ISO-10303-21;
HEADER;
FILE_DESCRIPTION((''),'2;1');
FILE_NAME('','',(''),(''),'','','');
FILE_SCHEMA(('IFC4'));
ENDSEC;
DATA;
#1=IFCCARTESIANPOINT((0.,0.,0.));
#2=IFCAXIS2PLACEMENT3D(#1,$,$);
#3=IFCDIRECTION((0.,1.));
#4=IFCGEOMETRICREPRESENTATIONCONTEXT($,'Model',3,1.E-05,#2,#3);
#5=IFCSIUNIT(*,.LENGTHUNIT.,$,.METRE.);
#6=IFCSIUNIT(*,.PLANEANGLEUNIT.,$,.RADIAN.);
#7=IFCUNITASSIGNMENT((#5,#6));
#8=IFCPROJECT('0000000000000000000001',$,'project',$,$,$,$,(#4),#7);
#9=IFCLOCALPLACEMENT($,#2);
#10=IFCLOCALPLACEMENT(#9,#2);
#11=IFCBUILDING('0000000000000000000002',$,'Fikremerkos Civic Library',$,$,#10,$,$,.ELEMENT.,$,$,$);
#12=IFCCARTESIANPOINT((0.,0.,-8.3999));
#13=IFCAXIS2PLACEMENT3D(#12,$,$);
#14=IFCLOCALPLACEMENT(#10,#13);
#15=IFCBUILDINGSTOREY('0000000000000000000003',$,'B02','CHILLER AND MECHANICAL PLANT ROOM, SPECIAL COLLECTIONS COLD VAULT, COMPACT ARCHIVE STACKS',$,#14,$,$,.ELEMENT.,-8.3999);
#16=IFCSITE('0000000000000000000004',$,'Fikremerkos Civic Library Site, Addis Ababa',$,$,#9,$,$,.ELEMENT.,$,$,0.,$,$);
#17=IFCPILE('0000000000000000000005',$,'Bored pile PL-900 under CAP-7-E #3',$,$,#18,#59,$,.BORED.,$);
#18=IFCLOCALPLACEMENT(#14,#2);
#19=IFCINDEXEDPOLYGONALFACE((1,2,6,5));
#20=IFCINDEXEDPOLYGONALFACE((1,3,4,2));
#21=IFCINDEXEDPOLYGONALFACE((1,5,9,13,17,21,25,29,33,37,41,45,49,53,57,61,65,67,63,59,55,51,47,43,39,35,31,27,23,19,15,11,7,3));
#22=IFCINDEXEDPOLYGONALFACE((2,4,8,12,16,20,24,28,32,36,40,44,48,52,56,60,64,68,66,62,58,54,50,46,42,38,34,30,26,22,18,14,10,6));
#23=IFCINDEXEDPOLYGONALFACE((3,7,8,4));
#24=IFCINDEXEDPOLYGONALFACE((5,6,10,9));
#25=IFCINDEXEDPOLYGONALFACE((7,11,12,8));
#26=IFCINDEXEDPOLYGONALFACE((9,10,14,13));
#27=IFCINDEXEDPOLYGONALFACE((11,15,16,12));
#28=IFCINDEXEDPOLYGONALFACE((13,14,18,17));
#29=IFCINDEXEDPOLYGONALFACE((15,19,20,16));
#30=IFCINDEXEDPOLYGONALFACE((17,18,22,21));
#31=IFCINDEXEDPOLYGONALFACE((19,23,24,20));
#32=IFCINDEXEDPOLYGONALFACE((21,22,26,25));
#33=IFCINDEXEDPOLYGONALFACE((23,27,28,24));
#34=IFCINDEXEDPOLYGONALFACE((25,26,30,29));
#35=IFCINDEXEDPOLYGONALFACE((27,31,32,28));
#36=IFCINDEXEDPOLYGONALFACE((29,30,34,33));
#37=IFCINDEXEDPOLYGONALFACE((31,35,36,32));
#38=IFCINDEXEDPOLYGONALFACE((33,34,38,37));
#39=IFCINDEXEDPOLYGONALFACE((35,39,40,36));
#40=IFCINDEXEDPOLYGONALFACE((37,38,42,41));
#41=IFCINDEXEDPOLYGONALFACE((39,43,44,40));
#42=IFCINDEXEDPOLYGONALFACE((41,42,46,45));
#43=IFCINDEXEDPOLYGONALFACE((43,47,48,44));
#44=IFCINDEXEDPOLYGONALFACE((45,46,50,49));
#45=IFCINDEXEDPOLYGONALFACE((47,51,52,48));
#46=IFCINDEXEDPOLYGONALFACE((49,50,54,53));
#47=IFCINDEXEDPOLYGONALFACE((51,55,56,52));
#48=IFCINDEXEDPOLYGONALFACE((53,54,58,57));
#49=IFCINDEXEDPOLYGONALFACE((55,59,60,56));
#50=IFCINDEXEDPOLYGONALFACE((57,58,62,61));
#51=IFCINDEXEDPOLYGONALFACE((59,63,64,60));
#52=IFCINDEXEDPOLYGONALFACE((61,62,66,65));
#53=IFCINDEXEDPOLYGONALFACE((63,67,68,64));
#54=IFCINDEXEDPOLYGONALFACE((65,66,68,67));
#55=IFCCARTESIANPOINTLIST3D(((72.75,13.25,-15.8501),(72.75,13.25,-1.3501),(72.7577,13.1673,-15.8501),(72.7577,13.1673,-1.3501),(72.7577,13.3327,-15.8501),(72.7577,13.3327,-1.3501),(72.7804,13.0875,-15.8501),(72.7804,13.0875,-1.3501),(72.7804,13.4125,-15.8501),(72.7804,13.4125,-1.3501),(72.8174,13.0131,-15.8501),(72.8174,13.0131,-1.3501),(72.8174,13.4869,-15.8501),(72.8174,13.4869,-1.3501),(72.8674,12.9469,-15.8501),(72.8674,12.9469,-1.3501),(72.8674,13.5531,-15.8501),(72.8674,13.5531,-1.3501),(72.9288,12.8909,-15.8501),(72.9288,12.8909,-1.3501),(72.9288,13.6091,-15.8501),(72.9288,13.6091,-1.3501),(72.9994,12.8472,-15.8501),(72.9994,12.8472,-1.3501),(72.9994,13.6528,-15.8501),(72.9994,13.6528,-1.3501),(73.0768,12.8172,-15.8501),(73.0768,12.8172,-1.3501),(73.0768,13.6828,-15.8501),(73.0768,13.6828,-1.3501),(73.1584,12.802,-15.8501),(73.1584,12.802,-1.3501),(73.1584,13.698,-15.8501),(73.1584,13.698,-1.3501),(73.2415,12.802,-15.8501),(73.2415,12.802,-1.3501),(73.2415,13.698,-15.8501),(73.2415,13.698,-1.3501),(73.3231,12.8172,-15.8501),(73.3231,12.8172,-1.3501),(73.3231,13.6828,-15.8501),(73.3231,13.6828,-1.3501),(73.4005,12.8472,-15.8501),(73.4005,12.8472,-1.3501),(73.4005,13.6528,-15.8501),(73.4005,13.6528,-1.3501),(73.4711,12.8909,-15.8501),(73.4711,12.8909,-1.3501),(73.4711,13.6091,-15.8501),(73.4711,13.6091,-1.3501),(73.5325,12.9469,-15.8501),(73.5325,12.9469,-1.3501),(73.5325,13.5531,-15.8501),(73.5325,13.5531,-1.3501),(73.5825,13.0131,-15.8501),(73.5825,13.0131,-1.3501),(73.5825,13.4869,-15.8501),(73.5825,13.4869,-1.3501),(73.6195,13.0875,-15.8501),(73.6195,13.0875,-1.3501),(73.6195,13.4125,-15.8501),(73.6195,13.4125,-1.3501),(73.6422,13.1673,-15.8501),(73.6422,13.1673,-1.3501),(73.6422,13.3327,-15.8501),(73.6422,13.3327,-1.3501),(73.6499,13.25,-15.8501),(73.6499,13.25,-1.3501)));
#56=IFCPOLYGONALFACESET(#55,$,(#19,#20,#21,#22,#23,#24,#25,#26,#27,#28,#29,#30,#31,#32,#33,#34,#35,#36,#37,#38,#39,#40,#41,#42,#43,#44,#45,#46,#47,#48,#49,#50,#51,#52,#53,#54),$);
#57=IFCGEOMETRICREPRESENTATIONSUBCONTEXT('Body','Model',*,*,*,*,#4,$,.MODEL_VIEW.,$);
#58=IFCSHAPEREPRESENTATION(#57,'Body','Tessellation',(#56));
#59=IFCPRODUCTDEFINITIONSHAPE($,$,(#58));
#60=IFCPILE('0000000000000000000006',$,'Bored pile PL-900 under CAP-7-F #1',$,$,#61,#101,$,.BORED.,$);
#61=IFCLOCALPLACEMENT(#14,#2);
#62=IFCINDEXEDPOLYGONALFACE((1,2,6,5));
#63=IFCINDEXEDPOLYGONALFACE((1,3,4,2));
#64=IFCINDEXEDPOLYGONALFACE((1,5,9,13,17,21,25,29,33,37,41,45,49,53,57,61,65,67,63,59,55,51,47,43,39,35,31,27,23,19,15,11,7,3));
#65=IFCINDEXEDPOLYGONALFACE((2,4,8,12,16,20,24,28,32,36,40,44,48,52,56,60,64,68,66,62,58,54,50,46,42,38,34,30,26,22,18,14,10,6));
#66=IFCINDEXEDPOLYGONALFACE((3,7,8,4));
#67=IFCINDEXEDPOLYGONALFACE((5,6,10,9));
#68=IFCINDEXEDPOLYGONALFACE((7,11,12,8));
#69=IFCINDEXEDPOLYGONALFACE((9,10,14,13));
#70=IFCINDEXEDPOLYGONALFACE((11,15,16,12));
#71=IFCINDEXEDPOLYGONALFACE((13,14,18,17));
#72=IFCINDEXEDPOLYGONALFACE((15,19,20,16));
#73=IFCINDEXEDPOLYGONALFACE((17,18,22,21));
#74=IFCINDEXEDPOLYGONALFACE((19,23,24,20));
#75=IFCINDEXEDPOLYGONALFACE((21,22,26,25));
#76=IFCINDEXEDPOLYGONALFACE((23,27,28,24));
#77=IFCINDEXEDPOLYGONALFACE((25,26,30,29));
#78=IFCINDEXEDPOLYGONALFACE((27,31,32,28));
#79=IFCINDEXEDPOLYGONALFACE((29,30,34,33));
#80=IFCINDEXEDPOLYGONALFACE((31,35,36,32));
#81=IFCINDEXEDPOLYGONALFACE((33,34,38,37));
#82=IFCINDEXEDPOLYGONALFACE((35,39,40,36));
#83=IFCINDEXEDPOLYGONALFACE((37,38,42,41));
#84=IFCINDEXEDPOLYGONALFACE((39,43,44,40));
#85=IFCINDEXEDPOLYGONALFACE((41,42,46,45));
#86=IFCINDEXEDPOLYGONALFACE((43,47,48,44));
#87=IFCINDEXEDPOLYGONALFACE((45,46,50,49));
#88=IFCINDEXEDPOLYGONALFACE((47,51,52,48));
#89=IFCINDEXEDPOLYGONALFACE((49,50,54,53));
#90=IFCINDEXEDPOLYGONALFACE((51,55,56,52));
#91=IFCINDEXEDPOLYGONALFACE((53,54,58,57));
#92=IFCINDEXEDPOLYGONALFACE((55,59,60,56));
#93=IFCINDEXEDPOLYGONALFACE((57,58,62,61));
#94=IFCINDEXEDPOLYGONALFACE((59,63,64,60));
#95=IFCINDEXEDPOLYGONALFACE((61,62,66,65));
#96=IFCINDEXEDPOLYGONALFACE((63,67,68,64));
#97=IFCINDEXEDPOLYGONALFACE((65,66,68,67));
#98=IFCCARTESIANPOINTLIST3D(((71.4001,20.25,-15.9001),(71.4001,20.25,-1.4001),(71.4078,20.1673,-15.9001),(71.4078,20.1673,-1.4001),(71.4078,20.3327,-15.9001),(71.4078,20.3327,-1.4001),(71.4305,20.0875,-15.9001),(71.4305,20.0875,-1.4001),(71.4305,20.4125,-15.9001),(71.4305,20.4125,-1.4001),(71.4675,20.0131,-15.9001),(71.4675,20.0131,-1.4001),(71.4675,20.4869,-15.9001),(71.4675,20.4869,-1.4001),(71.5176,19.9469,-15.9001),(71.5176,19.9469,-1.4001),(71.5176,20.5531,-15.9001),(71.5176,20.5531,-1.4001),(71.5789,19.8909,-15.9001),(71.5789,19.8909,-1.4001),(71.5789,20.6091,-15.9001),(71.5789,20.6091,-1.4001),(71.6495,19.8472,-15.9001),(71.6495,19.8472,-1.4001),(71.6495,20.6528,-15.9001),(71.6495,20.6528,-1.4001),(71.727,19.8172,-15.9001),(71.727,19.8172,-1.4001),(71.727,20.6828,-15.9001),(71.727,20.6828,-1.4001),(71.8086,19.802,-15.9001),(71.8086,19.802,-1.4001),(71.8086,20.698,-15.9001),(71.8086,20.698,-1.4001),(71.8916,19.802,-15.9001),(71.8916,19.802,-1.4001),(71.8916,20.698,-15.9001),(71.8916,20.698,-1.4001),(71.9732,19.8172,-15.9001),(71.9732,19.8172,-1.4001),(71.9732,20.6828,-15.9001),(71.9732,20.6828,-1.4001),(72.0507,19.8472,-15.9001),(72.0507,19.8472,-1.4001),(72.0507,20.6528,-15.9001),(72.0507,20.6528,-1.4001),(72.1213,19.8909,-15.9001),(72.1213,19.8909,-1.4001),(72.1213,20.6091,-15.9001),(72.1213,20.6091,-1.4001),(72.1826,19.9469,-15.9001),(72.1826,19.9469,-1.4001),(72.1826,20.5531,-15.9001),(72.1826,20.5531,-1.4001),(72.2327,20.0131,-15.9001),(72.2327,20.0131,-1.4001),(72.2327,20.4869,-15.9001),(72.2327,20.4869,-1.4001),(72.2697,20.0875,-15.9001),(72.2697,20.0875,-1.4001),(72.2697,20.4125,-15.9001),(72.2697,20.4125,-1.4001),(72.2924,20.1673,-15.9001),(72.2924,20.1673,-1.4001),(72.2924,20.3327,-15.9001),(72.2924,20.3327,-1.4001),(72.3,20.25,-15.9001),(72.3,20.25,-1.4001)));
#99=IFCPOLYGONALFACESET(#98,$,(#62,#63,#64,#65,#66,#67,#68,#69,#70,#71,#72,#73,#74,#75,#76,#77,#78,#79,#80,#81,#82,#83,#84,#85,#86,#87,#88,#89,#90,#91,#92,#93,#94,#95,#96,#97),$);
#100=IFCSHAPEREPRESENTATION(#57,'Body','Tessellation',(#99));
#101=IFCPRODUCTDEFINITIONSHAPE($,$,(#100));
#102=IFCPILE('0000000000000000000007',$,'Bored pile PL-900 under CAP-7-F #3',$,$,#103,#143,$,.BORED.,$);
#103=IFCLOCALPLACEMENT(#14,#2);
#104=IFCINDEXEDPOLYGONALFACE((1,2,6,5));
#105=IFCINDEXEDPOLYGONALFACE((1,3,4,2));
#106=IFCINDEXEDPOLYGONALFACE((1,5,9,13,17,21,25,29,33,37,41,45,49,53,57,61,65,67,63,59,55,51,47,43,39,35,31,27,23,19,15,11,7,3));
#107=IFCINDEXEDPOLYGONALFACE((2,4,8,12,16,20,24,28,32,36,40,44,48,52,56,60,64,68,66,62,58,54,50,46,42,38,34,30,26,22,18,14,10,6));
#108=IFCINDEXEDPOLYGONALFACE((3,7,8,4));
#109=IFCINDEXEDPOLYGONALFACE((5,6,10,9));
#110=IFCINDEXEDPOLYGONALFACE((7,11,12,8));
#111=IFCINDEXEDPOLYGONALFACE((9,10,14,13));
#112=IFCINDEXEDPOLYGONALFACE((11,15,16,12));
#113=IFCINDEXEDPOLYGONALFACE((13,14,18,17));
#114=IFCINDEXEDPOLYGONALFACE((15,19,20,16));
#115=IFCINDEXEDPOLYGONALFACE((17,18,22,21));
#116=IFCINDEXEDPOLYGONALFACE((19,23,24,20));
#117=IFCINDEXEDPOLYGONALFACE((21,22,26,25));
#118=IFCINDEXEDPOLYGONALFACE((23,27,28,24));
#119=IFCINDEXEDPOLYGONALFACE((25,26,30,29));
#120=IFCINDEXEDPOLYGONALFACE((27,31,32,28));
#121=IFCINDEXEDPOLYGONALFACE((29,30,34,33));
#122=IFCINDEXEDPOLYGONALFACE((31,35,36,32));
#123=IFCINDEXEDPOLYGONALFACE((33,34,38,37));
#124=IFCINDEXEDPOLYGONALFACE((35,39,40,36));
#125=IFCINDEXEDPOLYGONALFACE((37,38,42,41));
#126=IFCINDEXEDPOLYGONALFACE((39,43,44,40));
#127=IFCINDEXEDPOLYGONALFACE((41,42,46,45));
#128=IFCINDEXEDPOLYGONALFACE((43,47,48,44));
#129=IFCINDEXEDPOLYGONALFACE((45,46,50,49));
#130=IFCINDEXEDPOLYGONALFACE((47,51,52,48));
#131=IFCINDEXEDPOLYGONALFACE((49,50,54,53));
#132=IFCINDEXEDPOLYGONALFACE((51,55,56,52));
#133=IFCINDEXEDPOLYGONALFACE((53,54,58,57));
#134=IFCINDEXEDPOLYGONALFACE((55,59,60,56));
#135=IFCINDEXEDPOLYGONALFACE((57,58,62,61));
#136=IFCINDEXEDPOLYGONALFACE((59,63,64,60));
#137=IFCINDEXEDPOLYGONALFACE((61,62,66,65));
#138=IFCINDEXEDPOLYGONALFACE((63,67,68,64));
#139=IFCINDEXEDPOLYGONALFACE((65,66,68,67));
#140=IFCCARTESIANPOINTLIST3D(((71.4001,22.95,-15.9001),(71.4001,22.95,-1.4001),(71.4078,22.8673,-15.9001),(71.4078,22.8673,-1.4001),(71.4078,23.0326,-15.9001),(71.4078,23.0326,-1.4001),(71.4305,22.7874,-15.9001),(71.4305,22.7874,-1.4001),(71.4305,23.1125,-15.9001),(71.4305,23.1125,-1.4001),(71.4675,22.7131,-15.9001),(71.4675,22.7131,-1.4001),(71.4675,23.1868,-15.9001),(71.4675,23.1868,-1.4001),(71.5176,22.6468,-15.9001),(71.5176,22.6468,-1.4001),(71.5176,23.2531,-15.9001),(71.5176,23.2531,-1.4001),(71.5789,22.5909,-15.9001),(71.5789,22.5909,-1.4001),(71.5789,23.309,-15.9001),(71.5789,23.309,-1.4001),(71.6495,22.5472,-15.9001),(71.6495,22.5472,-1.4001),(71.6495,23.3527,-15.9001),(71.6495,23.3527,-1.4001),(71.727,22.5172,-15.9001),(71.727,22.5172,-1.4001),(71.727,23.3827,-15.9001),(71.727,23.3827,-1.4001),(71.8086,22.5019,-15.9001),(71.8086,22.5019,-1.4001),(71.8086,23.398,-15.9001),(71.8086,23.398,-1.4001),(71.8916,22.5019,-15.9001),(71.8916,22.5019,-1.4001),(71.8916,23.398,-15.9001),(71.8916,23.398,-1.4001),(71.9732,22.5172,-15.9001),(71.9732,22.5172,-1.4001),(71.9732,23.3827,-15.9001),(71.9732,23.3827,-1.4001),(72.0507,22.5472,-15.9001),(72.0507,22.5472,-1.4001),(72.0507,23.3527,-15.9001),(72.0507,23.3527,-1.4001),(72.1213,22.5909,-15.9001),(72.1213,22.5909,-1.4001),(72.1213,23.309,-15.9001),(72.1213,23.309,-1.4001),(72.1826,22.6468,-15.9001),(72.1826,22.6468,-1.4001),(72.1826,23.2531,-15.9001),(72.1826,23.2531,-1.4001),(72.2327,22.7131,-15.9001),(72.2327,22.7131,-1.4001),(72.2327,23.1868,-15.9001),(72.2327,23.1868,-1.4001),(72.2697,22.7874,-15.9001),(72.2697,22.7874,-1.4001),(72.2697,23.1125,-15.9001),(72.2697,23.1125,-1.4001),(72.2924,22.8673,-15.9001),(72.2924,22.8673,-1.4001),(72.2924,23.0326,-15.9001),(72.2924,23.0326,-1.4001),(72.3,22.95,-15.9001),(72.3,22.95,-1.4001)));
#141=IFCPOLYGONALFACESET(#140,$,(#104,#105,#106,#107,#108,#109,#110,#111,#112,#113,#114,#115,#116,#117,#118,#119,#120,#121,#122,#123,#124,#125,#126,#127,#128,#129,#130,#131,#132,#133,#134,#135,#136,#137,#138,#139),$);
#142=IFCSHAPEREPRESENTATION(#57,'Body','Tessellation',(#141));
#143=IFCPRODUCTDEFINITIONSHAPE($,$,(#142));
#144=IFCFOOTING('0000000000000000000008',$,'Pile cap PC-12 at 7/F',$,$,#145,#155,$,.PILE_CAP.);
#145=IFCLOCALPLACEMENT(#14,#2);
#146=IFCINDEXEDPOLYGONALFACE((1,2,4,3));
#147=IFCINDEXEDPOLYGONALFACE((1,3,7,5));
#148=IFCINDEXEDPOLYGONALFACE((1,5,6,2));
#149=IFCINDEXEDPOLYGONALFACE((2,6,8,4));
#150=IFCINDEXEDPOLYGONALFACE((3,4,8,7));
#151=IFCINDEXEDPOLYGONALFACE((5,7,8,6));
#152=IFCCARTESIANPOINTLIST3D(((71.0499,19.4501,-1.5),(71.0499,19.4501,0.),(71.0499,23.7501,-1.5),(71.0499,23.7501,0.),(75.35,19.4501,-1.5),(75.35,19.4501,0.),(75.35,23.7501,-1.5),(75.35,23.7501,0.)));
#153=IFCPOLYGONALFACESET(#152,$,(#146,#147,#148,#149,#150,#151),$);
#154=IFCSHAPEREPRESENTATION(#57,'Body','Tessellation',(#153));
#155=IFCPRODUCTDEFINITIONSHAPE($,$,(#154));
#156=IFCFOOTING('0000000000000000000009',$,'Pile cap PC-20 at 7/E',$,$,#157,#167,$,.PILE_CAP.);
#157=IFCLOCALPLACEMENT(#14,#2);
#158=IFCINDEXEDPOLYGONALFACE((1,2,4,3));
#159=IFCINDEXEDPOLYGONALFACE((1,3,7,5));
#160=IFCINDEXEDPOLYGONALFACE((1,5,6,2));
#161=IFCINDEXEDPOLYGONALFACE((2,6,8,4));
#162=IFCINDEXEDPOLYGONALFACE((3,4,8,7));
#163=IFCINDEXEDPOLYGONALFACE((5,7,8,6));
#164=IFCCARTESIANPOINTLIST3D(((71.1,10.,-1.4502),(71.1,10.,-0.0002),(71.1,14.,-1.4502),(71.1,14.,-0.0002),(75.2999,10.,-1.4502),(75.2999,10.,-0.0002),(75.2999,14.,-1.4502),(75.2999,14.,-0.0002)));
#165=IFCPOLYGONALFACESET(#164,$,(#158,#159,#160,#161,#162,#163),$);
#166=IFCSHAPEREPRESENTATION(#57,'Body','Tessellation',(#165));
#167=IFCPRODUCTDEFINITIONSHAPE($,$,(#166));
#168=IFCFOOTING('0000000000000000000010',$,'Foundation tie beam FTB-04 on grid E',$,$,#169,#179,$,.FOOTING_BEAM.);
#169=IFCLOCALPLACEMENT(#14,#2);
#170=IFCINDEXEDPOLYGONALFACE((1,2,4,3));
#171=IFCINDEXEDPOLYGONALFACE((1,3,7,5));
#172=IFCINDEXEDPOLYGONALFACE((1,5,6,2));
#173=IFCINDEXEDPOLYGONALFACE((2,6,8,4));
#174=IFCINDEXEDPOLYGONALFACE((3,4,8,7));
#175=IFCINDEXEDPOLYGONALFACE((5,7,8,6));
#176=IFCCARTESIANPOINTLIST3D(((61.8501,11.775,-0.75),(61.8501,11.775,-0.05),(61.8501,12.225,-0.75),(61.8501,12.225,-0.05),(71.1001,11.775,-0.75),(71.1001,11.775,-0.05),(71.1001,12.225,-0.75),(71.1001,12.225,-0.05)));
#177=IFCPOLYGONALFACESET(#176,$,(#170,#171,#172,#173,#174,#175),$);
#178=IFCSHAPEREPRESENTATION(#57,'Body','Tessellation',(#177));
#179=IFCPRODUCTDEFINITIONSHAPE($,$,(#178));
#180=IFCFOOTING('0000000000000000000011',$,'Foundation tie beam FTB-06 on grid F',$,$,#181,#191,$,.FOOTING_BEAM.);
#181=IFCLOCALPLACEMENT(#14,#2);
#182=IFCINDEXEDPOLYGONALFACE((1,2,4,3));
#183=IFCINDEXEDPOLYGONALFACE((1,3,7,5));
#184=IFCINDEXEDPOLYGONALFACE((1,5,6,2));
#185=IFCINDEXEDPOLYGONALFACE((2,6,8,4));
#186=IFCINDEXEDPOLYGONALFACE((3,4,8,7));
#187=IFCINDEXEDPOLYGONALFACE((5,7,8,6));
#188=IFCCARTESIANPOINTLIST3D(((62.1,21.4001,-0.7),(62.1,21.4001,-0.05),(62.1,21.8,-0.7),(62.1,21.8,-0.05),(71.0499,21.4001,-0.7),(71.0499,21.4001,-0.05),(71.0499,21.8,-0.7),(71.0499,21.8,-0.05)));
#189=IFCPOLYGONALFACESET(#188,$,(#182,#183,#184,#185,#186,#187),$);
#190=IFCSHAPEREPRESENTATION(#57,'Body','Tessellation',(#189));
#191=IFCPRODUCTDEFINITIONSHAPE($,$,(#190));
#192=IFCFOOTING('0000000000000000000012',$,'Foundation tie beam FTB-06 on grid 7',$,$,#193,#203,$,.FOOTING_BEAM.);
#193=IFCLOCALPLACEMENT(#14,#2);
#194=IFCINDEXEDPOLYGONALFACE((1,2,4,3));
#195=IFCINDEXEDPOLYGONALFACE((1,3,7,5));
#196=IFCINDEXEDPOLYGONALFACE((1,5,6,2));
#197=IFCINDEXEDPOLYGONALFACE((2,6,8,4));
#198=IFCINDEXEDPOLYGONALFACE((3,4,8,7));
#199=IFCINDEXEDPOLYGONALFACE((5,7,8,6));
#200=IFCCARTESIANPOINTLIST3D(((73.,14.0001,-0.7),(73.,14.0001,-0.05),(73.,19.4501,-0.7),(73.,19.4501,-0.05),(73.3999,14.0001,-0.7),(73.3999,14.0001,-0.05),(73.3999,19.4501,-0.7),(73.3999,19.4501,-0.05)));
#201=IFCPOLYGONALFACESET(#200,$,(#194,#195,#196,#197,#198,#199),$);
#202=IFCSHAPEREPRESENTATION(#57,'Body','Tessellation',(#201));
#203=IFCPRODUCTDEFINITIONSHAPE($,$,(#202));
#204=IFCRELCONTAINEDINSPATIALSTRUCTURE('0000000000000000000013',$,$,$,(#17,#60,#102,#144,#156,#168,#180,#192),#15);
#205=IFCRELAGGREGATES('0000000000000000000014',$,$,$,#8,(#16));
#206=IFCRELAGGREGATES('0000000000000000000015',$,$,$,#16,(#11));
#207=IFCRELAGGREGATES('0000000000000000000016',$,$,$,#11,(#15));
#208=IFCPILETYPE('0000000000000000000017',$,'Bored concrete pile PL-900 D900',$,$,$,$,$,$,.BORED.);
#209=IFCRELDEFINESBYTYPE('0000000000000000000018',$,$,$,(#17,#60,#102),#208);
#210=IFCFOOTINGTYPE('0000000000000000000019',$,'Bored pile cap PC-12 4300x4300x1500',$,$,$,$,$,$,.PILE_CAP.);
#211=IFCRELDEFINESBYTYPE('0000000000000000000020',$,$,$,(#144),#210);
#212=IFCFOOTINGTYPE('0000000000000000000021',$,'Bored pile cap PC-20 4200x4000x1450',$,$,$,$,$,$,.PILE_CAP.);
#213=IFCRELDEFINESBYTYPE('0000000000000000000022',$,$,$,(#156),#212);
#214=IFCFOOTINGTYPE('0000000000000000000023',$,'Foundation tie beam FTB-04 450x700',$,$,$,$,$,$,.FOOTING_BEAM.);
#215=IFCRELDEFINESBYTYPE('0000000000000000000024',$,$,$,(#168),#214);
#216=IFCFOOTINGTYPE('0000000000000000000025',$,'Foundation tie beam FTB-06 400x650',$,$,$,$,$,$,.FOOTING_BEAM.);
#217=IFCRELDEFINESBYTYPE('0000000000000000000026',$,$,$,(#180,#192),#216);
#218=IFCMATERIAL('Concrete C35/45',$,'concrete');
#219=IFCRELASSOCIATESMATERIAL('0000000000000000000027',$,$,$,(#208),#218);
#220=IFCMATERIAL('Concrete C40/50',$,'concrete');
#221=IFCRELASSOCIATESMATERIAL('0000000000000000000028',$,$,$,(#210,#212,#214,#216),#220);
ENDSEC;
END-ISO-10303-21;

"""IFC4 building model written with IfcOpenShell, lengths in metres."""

from ifc_helpers import new_model, si_unit, direction, frame, origin, origin_2d, place, context, subcontext, project, spatial, rectangle, circle, extrude, material, material_profile, profile_set, type_object, element, save


model = new_model("IFC4")

# Units and contexts
model_context = context("Model", 3, precision=1e-05, world=origin(), true_north=direction((0.0, 1.0)))
body_context = subcontext(model_context, "Body", "Model", "MODEL_VIEW")
ifc_project = project(units=[si_unit("LENGTHUNIT", "METRE"), si_unit("PLANEANGLEUNIT", "RADIAN")], contexts=[model_context])

# Site, building, storey
site_placement = place(None, origin())
site = spatial("IfcSite", under=ifc_project, at=site_placement, Name="Fikremerkos Civic Library Site, Addis Ababa", CompositionType="ELEMENT", RefElevation=0.0)
building_placement = place(site_placement, origin())
building = spatial("IfcBuilding", under=site, at=building_placement, Name="Fikremerkos Civic Library", CompositionType="ELEMENT")
storey_placement = place(building_placement, frame((0.0, 0.0, -8.3999)))
storey = spatial("IfcBuildingStorey", under=building, at=storey_placement, Name="B02", Description="CHILLER AND MECHANICAL PLANT ROOM, SPECIAL COLLECTIONS COLD VAULT, COMPACT ARCHIVE STACKS", CompositionType="ELEMENT", Elevation=-8.3999)

# Piles
ifc_material_1 = material(Name="Concrete C35/45", Category="concrete")
ifc_material_profile_1 = material_profile(ifc_material_1, circle(Radius=0.45, at=origin_2d()), Name="BORED PILE 900")
ifc_profile_set_1 = profile_set([ifc_material_profile_1], Name="Concrete C35/45")
pile_type_1 = type_object("IfcPileType", Name="Bored concrete pile PL-900 D900", PredefinedType="BORED", material=ifc_profile_set_1)
for number, where, z_axis, x_axis, name in (
    (1, (73.2, 13.25, -1.3501), (0.0, 0.0, -1.0), (1.0, 0.0, 0.0), "Bored pile PL-900 under CAP-7-E #3"),
    (2, (71.8501, 20.25, -1.4001), (0.0, 0.0, -1.0), (1.0, 0.0, 0.0), "Bored pile PL-900 under CAP-7-F #1"),
    (3, (71.8501, 22.95, -1.4001), (0.0, 0.0, -1.0), (1.0, 0.0, 0.0), "Bored pile PL-900 under CAP-7-F #3"),
):
    element("IfcPile", number, at=place(storey_placement, frame(where, z_axis=z_axis, x_axis=x_axis)), inside=storey, type_object=pile_type_1, Name=name, PredefinedType="BORED", context=body_context, shape_type="SweptSolid", body=[
        extrude(circle(Radius=0.45, at=origin_2d()), origin(), (0.0, 0.0, 1.0), 14.5),
    ])

# Footings
ifc_material_2 = material(Name="Concrete C40/50", Category="concrete")
footing_type_1 = type_object("IfcFootingType", Name="Bored pile cap PC-12 4300x4300x1500", PredefinedType="PILE_CAP", material=ifc_material_2)
footing_1_placement = place(storey_placement, frame((73.2, 21.6001, -1.5), z_axis=(0.0, 0.0, 1.0), x_axis=(1.0, 0.0, 0.0)))
element("IfcFooting", 4, at=footing_1_placement, inside=storey, type_object=footing_type_1, Name="Pile cap PC-12 at 7/F", PredefinedType="PILE_CAP", context=body_context, shape_type="SweptSolid", body=[
    extrude(rectangle(XDim=4.3, YDim=4.3, at=origin_2d()), origin(), (0.0, 0.0, 1.0), 1.5),
])
footing_type_2 = type_object("IfcFootingType", Name="Bored pile cap PC-20 4200x4000x1450", PredefinedType="PILE_CAP", material=ifc_material_2)
footing_2_placement = place(storey_placement, frame((73.2, 12.0, -1.4502), z_axis=(0.0, 0.0, 1.0), x_axis=(1.0, 0.0, 0.0)))
element("IfcFooting", 5, at=footing_2_placement, inside=storey, type_object=footing_type_2, Name="Pile cap PC-20 at 7/E", PredefinedType="PILE_CAP", context=body_context, shape_type="SweptSolid", body=[
    extrude(rectangle(XDim=4.2, YDim=4.0, at=origin_2d()), origin(), (0.0, 0.0, 1.0), 1.45),
])
footing_type_3 = type_object("IfcFootingType", Name="Foundation tie beam FTB-04 450x700", PredefinedType="FOOTING_BEAM", material=ifc_material_2)
footing_3_placement = place(storey_placement, frame((66.4751, 12.0, -0.75), z_axis=(0.0, 0.0, 1.0), x_axis=(1.0, 0.0, 0.0)))
element("IfcFooting", 6, at=footing_3_placement, inside=storey, type_object=footing_type_3, Name="Foundation tie beam FTB-04 on grid E", PredefinedType="FOOTING_BEAM", context=body_context, shape_type="SweptSolid", body=[
    extrude(rectangle(XDim=9.25, YDim=0.45, at=origin_2d()), origin(), (0.0, 0.0, 1.0), 0.7),
])
footing_type_4 = type_object("IfcFootingType", Name="Foundation tie beam FTB-06 400x650", PredefinedType="FOOTING_BEAM", material=ifc_material_2)
footing_4_placement = place(storey_placement, frame((66.575, 21.6001, -0.7), z_axis=(0.0, 0.0, 1.0), x_axis=(1.0, 0.0, 0.0)))
element("IfcFooting", 7, at=footing_4_placement, inside=storey, type_object=footing_type_4, Name="Foundation tie beam FTB-06 on grid F", PredefinedType="FOOTING_BEAM", context=body_context, shape_type="SweptSolid", body=[
    extrude(rectangle(XDim=8.95, YDim=0.3999, at=origin_2d()), origin(), (0.0, 0.0, 1.0), 0.6499),
])
footing_5_placement = place(storey_placement, frame((73.2, 16.7251, -0.7), z_axis=(0.0, 0.0, 1.0), x_axis=(0.0, 1.0, 0.0)))
element("IfcFooting", 8, at=footing_5_placement, inside=storey, type_object=footing_type_4, Name="Foundation tie beam FTB-06 on grid 7", PredefinedType="FOOTING_BEAM", context=body_context, shape_type="SweptSolid", body=[
    extrude(rectangle(XDim=5.45, YDim=0.3999, at=origin_2d()), origin(), (0.0, 0.0, 1.0), 0.6499),
])

save(model, "model.ifc")
